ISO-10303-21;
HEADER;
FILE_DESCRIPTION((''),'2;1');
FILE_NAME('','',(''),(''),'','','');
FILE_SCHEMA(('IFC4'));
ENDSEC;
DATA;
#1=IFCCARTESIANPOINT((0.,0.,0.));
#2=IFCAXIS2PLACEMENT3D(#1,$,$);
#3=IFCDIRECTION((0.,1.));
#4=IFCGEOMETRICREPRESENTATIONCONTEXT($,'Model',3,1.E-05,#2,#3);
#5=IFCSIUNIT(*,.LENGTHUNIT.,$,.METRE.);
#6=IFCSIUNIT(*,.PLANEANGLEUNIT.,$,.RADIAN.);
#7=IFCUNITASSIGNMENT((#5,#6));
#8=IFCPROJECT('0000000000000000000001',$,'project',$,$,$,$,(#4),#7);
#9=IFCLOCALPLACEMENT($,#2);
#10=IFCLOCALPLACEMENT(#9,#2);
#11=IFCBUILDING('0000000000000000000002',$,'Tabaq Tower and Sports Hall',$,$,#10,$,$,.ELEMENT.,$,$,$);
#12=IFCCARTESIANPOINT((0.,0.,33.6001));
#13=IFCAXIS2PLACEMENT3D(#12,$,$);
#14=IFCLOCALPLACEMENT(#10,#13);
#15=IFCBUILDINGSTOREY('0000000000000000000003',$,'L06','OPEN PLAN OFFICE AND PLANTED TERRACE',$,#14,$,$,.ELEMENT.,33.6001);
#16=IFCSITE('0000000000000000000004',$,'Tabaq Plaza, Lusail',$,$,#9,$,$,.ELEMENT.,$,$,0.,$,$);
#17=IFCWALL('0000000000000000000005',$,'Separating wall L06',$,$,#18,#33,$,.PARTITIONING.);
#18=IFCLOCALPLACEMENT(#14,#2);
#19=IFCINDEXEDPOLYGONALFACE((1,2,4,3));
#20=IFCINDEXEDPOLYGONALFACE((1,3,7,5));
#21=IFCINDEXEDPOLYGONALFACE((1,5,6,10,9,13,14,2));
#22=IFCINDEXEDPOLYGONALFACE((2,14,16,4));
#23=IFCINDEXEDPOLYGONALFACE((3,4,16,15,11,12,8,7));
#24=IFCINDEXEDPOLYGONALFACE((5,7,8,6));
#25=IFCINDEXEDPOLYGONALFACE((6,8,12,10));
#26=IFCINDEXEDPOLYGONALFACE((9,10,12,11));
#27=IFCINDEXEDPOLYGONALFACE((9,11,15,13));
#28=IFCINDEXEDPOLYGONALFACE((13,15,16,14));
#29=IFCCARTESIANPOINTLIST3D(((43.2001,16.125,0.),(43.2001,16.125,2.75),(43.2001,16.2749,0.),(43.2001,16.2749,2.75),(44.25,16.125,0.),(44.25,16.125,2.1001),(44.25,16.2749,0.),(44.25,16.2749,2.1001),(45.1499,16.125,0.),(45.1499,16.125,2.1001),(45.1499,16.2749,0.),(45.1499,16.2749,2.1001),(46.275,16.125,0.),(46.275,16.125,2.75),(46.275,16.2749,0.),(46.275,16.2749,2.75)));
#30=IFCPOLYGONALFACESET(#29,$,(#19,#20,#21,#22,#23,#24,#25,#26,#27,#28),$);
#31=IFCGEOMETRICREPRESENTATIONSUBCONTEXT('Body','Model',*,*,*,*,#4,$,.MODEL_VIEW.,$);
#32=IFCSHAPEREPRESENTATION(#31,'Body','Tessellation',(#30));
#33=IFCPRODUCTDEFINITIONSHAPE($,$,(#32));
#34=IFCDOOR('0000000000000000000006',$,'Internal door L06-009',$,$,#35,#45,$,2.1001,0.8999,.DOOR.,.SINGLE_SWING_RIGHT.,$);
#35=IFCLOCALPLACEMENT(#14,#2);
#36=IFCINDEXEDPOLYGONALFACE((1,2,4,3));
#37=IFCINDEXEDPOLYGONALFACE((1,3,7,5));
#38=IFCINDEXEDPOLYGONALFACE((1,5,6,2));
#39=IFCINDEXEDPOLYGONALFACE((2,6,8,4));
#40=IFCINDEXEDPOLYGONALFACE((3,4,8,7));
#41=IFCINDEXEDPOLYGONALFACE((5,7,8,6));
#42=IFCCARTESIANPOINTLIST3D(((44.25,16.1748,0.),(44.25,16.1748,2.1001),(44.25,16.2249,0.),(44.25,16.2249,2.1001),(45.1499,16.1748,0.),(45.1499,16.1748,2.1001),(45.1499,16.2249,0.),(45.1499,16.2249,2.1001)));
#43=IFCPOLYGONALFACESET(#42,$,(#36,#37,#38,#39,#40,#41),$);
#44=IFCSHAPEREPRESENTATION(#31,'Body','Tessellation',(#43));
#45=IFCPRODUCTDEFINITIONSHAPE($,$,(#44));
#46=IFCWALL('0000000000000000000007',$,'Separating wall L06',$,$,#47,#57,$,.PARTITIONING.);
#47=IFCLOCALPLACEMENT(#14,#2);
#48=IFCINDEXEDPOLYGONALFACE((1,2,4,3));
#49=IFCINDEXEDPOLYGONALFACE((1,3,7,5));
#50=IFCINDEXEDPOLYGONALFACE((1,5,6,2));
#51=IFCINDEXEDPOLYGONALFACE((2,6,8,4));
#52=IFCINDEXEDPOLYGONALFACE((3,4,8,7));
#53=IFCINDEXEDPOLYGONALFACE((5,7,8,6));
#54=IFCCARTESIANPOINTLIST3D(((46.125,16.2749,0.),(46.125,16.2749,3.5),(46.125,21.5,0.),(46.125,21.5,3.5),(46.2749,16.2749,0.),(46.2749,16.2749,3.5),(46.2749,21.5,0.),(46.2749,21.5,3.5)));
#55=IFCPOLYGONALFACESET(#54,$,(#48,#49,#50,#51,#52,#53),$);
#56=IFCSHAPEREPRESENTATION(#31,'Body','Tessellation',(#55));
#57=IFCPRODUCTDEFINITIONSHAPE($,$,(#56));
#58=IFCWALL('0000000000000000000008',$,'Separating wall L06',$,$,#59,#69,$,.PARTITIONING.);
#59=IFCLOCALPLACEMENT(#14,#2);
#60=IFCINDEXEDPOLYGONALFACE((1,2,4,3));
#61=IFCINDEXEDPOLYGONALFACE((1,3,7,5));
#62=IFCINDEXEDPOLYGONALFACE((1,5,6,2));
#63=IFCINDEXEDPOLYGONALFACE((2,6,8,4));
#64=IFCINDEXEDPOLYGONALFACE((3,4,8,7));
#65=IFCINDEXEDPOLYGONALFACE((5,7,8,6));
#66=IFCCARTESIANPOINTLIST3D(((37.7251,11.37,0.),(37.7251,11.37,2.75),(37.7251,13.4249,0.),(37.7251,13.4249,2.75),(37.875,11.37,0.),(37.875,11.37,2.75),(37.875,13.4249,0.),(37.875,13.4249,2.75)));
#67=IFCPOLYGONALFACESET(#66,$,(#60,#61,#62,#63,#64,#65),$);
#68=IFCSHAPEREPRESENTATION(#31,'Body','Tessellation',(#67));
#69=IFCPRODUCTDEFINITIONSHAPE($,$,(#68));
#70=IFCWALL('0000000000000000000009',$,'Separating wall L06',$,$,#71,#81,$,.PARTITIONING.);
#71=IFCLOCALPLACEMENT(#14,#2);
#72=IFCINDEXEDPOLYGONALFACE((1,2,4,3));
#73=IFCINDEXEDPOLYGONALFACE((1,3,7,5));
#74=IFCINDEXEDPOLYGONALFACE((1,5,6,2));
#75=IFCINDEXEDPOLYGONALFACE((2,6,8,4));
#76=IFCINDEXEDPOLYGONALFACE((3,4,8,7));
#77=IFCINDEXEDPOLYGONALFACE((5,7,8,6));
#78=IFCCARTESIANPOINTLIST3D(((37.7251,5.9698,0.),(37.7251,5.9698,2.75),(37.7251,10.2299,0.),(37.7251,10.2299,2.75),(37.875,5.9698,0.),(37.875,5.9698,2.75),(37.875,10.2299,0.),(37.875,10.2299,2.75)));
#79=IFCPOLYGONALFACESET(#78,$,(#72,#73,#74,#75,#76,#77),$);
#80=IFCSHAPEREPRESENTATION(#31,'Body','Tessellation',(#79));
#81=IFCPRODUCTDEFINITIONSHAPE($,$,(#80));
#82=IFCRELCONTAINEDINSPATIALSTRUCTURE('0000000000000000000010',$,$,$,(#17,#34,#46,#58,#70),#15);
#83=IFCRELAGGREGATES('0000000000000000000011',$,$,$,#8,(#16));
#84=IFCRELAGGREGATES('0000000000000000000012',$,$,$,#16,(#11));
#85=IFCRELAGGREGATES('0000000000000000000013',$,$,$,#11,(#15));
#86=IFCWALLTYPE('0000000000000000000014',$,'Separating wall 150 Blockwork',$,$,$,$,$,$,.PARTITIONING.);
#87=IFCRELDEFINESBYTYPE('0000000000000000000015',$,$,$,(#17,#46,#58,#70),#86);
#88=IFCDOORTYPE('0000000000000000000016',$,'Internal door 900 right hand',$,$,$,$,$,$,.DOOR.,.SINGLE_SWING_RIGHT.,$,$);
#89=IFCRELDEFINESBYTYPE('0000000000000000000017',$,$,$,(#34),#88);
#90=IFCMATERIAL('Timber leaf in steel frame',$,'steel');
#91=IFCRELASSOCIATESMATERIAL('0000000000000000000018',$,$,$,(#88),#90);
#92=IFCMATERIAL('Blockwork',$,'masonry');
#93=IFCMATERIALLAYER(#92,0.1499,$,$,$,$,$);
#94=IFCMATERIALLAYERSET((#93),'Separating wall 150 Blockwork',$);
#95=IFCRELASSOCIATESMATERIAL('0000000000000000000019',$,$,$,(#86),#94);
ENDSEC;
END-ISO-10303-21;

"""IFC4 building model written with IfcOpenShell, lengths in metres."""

from ifc_helpers import new_model, si_unit, direction, frame, frame_2d, origin, place, context, subcontext, project, spatial, rectangle, extrude, material, layer, layer_set, type_object, element, fill, save


model = new_model("IFC4")

# Units and contexts
model_context = context("Model", 3, precision=1e-05, world=origin(), true_north=direction((0.0, 1.0)))
body_context = subcontext(model_context, "Body", "Model", "MODEL_VIEW")
ifc_project = project(units=[si_unit("LENGTHUNIT", "METRE"), si_unit("PLANEANGLEUNIT", "RADIAN")], contexts=[model_context])

# Site, building, storey
site_placement = place(None, origin())
site = spatial("IfcSite", under=ifc_project, at=site_placement, Name="Tabaq Plaza, Lusail", CompositionType="ELEMENT", RefElevation=0.0)
building_placement = place(site_placement, origin())
building = spatial("IfcBuilding", under=site, at=building_placement, Name="Tabaq Tower and Sports Hall", CompositionType="ELEMENT")
storey_placement = place(building_placement, frame((0.0, 0.0, 33.6001)))
storey = spatial("IfcBuildingStorey", under=building, at=storey_placement, Name="L06", Description="OPEN PLAN OFFICE AND PLANTED TERRACE", CompositionType="ELEMENT", Elevation=33.6001)

# Shared definitions
ifc_material_1 = material(Name="Timber leaf in steel frame", Category="steel")
door_type_1 = type_object("IfcDoorType", Name="Internal door 900 right hand", OperationType="SINGLE_SWING_RIGHT", PredefinedType="DOOR", material=ifc_material_1)

# Shared definitions
ifc_material_2 = material(Name="Blockwork", Category="masonry")
ifc_layer_1 = layer(ifc_material_2, 0.1499)
ifc_layer_set_1 = layer_set([ifc_layer_1], Name="Separating wall 150 Blockwork")
wall_type_1 = type_object("IfcWallType", Name="Separating wall 150 Blockwork", PredefinedType="PARTITIONING", material=ifc_layer_set_1)

# Wall, opening, door
wall_1_placement = place(storey_placement, frame((43.2, 16.2, 0.0), z_axis=(0.0, 0.0, 1.0), x_axis=(1.0, 0.0, 0.0)))
wall_1 = element("IfcWall", 1, at=wall_1_placement, inside=storey, type_object=wall_type_1, Name="Separating wall L06", PredefinedType="PARTITIONING", context=body_context, shape_type="SweptSolid", body=[
    extrude(rectangle(XDim=3.075, YDim=0.1499, at=frame_2d((1.5376, 0.0))), origin(), (0.0, 0.0, 1.0), 2.75),
])
opening_1_placement = place(wall_1_placement, frame((1.05, 0.0, 0.0)))
opening_1 = element("IfcOpeningElement", 2, at=opening_1_placement, cuts=wall_1, PredefinedType="OPENING", context=body_context, shape_type="SweptSolid", body=[
    extrude(rectangle(XDim=0.8999, YDim=2.1001, at=frame_2d((0.45, 1.05))), frame((0.0, 0.075, 0.0), z_axis=(0.0, -1.0, 0.0), x_axis=(1.0, 0.0, 0.0)), (0.0, 0.0, 1.0), 0.1499),
])
door_1_placement = place(opening_1_placement, origin())
door_1 = element("IfcDoor", 3, at=door_1_placement, inside=storey, type_object=door_type_1, Name="Internal door L06-009", OperationType="SINGLE_SWING_RIGHT", OverallHeight=2.1001, OverallWidth=0.8999, PredefinedType="DOOR", context=body_context, shape_type="SweptSolid", body=[
    extrude(rectangle(XDim=0.8999, YDim=2.1001, at=frame_2d((0.45, 1.05))), frame((0.0, 0.0249, 0.0), z_axis=(0.0, -1.0, 0.0), x_axis=(1.0, 0.0, 0.0)), (0.0, 0.0, 1.0), 0.05),
])
fill(opening_1, door_1)

# Walls
wall_2_placement = place(storey_placement, frame((46.2, 16.2749, 0.0), z_axis=(0.0, 0.0, 1.0), x_axis=(0.0, 1.0, 0.0)))
element("IfcWall", 4, at=wall_2_placement, inside=storey, type_object=wall_type_1, Name="Separating wall L06", PredefinedType="PARTITIONING", context=body_context, shape_type="SweptSolid", body=[
    extrude(rectangle(XDim=5.2251, YDim=0.1499, at=frame_2d((2.6125, 0.0))), origin(), (0.0, 0.0, 1.0), 3.5),
])
wall_3_placement = place(storey_placement, frame((37.8, 11.3701, 0.0), z_axis=(0.0, 0.0, 1.0), x_axis=(0.0, 1.0, 0.0)))
element("IfcWall", 5, at=wall_3_placement, inside=storey, type_object=wall_type_1, Name="Separating wall L06", PredefinedType="PARTITIONING", context=body_context, shape_type="SweptSolid", body=[
    extrude(rectangle(XDim=2.0549, YDim=0.1499, at=frame_2d((1.0273, 0.0))), origin(), (0.0, 0.0, 1.0), 2.75),
])
wall_4_placement = place(storey_placement, frame((37.8, 5.97, 0.0), z_axis=(0.0, 0.0, 1.0), x_axis=(0.0, 1.0, 0.0)))
element("IfcWall", 6, at=wall_4_placement, inside=storey, type_object=wall_type_1, Name="Separating wall L06", PredefinedType="PARTITIONING", context=body_context, shape_type="SweptSolid", body=[
    extrude(rectangle(XDim=4.26, YDim=0.1499, at=frame_2d((2.1299, 0.0))), origin(), (0.0, 0.0, 1.0), 2.75),
])

save(model, "model.ifc")
